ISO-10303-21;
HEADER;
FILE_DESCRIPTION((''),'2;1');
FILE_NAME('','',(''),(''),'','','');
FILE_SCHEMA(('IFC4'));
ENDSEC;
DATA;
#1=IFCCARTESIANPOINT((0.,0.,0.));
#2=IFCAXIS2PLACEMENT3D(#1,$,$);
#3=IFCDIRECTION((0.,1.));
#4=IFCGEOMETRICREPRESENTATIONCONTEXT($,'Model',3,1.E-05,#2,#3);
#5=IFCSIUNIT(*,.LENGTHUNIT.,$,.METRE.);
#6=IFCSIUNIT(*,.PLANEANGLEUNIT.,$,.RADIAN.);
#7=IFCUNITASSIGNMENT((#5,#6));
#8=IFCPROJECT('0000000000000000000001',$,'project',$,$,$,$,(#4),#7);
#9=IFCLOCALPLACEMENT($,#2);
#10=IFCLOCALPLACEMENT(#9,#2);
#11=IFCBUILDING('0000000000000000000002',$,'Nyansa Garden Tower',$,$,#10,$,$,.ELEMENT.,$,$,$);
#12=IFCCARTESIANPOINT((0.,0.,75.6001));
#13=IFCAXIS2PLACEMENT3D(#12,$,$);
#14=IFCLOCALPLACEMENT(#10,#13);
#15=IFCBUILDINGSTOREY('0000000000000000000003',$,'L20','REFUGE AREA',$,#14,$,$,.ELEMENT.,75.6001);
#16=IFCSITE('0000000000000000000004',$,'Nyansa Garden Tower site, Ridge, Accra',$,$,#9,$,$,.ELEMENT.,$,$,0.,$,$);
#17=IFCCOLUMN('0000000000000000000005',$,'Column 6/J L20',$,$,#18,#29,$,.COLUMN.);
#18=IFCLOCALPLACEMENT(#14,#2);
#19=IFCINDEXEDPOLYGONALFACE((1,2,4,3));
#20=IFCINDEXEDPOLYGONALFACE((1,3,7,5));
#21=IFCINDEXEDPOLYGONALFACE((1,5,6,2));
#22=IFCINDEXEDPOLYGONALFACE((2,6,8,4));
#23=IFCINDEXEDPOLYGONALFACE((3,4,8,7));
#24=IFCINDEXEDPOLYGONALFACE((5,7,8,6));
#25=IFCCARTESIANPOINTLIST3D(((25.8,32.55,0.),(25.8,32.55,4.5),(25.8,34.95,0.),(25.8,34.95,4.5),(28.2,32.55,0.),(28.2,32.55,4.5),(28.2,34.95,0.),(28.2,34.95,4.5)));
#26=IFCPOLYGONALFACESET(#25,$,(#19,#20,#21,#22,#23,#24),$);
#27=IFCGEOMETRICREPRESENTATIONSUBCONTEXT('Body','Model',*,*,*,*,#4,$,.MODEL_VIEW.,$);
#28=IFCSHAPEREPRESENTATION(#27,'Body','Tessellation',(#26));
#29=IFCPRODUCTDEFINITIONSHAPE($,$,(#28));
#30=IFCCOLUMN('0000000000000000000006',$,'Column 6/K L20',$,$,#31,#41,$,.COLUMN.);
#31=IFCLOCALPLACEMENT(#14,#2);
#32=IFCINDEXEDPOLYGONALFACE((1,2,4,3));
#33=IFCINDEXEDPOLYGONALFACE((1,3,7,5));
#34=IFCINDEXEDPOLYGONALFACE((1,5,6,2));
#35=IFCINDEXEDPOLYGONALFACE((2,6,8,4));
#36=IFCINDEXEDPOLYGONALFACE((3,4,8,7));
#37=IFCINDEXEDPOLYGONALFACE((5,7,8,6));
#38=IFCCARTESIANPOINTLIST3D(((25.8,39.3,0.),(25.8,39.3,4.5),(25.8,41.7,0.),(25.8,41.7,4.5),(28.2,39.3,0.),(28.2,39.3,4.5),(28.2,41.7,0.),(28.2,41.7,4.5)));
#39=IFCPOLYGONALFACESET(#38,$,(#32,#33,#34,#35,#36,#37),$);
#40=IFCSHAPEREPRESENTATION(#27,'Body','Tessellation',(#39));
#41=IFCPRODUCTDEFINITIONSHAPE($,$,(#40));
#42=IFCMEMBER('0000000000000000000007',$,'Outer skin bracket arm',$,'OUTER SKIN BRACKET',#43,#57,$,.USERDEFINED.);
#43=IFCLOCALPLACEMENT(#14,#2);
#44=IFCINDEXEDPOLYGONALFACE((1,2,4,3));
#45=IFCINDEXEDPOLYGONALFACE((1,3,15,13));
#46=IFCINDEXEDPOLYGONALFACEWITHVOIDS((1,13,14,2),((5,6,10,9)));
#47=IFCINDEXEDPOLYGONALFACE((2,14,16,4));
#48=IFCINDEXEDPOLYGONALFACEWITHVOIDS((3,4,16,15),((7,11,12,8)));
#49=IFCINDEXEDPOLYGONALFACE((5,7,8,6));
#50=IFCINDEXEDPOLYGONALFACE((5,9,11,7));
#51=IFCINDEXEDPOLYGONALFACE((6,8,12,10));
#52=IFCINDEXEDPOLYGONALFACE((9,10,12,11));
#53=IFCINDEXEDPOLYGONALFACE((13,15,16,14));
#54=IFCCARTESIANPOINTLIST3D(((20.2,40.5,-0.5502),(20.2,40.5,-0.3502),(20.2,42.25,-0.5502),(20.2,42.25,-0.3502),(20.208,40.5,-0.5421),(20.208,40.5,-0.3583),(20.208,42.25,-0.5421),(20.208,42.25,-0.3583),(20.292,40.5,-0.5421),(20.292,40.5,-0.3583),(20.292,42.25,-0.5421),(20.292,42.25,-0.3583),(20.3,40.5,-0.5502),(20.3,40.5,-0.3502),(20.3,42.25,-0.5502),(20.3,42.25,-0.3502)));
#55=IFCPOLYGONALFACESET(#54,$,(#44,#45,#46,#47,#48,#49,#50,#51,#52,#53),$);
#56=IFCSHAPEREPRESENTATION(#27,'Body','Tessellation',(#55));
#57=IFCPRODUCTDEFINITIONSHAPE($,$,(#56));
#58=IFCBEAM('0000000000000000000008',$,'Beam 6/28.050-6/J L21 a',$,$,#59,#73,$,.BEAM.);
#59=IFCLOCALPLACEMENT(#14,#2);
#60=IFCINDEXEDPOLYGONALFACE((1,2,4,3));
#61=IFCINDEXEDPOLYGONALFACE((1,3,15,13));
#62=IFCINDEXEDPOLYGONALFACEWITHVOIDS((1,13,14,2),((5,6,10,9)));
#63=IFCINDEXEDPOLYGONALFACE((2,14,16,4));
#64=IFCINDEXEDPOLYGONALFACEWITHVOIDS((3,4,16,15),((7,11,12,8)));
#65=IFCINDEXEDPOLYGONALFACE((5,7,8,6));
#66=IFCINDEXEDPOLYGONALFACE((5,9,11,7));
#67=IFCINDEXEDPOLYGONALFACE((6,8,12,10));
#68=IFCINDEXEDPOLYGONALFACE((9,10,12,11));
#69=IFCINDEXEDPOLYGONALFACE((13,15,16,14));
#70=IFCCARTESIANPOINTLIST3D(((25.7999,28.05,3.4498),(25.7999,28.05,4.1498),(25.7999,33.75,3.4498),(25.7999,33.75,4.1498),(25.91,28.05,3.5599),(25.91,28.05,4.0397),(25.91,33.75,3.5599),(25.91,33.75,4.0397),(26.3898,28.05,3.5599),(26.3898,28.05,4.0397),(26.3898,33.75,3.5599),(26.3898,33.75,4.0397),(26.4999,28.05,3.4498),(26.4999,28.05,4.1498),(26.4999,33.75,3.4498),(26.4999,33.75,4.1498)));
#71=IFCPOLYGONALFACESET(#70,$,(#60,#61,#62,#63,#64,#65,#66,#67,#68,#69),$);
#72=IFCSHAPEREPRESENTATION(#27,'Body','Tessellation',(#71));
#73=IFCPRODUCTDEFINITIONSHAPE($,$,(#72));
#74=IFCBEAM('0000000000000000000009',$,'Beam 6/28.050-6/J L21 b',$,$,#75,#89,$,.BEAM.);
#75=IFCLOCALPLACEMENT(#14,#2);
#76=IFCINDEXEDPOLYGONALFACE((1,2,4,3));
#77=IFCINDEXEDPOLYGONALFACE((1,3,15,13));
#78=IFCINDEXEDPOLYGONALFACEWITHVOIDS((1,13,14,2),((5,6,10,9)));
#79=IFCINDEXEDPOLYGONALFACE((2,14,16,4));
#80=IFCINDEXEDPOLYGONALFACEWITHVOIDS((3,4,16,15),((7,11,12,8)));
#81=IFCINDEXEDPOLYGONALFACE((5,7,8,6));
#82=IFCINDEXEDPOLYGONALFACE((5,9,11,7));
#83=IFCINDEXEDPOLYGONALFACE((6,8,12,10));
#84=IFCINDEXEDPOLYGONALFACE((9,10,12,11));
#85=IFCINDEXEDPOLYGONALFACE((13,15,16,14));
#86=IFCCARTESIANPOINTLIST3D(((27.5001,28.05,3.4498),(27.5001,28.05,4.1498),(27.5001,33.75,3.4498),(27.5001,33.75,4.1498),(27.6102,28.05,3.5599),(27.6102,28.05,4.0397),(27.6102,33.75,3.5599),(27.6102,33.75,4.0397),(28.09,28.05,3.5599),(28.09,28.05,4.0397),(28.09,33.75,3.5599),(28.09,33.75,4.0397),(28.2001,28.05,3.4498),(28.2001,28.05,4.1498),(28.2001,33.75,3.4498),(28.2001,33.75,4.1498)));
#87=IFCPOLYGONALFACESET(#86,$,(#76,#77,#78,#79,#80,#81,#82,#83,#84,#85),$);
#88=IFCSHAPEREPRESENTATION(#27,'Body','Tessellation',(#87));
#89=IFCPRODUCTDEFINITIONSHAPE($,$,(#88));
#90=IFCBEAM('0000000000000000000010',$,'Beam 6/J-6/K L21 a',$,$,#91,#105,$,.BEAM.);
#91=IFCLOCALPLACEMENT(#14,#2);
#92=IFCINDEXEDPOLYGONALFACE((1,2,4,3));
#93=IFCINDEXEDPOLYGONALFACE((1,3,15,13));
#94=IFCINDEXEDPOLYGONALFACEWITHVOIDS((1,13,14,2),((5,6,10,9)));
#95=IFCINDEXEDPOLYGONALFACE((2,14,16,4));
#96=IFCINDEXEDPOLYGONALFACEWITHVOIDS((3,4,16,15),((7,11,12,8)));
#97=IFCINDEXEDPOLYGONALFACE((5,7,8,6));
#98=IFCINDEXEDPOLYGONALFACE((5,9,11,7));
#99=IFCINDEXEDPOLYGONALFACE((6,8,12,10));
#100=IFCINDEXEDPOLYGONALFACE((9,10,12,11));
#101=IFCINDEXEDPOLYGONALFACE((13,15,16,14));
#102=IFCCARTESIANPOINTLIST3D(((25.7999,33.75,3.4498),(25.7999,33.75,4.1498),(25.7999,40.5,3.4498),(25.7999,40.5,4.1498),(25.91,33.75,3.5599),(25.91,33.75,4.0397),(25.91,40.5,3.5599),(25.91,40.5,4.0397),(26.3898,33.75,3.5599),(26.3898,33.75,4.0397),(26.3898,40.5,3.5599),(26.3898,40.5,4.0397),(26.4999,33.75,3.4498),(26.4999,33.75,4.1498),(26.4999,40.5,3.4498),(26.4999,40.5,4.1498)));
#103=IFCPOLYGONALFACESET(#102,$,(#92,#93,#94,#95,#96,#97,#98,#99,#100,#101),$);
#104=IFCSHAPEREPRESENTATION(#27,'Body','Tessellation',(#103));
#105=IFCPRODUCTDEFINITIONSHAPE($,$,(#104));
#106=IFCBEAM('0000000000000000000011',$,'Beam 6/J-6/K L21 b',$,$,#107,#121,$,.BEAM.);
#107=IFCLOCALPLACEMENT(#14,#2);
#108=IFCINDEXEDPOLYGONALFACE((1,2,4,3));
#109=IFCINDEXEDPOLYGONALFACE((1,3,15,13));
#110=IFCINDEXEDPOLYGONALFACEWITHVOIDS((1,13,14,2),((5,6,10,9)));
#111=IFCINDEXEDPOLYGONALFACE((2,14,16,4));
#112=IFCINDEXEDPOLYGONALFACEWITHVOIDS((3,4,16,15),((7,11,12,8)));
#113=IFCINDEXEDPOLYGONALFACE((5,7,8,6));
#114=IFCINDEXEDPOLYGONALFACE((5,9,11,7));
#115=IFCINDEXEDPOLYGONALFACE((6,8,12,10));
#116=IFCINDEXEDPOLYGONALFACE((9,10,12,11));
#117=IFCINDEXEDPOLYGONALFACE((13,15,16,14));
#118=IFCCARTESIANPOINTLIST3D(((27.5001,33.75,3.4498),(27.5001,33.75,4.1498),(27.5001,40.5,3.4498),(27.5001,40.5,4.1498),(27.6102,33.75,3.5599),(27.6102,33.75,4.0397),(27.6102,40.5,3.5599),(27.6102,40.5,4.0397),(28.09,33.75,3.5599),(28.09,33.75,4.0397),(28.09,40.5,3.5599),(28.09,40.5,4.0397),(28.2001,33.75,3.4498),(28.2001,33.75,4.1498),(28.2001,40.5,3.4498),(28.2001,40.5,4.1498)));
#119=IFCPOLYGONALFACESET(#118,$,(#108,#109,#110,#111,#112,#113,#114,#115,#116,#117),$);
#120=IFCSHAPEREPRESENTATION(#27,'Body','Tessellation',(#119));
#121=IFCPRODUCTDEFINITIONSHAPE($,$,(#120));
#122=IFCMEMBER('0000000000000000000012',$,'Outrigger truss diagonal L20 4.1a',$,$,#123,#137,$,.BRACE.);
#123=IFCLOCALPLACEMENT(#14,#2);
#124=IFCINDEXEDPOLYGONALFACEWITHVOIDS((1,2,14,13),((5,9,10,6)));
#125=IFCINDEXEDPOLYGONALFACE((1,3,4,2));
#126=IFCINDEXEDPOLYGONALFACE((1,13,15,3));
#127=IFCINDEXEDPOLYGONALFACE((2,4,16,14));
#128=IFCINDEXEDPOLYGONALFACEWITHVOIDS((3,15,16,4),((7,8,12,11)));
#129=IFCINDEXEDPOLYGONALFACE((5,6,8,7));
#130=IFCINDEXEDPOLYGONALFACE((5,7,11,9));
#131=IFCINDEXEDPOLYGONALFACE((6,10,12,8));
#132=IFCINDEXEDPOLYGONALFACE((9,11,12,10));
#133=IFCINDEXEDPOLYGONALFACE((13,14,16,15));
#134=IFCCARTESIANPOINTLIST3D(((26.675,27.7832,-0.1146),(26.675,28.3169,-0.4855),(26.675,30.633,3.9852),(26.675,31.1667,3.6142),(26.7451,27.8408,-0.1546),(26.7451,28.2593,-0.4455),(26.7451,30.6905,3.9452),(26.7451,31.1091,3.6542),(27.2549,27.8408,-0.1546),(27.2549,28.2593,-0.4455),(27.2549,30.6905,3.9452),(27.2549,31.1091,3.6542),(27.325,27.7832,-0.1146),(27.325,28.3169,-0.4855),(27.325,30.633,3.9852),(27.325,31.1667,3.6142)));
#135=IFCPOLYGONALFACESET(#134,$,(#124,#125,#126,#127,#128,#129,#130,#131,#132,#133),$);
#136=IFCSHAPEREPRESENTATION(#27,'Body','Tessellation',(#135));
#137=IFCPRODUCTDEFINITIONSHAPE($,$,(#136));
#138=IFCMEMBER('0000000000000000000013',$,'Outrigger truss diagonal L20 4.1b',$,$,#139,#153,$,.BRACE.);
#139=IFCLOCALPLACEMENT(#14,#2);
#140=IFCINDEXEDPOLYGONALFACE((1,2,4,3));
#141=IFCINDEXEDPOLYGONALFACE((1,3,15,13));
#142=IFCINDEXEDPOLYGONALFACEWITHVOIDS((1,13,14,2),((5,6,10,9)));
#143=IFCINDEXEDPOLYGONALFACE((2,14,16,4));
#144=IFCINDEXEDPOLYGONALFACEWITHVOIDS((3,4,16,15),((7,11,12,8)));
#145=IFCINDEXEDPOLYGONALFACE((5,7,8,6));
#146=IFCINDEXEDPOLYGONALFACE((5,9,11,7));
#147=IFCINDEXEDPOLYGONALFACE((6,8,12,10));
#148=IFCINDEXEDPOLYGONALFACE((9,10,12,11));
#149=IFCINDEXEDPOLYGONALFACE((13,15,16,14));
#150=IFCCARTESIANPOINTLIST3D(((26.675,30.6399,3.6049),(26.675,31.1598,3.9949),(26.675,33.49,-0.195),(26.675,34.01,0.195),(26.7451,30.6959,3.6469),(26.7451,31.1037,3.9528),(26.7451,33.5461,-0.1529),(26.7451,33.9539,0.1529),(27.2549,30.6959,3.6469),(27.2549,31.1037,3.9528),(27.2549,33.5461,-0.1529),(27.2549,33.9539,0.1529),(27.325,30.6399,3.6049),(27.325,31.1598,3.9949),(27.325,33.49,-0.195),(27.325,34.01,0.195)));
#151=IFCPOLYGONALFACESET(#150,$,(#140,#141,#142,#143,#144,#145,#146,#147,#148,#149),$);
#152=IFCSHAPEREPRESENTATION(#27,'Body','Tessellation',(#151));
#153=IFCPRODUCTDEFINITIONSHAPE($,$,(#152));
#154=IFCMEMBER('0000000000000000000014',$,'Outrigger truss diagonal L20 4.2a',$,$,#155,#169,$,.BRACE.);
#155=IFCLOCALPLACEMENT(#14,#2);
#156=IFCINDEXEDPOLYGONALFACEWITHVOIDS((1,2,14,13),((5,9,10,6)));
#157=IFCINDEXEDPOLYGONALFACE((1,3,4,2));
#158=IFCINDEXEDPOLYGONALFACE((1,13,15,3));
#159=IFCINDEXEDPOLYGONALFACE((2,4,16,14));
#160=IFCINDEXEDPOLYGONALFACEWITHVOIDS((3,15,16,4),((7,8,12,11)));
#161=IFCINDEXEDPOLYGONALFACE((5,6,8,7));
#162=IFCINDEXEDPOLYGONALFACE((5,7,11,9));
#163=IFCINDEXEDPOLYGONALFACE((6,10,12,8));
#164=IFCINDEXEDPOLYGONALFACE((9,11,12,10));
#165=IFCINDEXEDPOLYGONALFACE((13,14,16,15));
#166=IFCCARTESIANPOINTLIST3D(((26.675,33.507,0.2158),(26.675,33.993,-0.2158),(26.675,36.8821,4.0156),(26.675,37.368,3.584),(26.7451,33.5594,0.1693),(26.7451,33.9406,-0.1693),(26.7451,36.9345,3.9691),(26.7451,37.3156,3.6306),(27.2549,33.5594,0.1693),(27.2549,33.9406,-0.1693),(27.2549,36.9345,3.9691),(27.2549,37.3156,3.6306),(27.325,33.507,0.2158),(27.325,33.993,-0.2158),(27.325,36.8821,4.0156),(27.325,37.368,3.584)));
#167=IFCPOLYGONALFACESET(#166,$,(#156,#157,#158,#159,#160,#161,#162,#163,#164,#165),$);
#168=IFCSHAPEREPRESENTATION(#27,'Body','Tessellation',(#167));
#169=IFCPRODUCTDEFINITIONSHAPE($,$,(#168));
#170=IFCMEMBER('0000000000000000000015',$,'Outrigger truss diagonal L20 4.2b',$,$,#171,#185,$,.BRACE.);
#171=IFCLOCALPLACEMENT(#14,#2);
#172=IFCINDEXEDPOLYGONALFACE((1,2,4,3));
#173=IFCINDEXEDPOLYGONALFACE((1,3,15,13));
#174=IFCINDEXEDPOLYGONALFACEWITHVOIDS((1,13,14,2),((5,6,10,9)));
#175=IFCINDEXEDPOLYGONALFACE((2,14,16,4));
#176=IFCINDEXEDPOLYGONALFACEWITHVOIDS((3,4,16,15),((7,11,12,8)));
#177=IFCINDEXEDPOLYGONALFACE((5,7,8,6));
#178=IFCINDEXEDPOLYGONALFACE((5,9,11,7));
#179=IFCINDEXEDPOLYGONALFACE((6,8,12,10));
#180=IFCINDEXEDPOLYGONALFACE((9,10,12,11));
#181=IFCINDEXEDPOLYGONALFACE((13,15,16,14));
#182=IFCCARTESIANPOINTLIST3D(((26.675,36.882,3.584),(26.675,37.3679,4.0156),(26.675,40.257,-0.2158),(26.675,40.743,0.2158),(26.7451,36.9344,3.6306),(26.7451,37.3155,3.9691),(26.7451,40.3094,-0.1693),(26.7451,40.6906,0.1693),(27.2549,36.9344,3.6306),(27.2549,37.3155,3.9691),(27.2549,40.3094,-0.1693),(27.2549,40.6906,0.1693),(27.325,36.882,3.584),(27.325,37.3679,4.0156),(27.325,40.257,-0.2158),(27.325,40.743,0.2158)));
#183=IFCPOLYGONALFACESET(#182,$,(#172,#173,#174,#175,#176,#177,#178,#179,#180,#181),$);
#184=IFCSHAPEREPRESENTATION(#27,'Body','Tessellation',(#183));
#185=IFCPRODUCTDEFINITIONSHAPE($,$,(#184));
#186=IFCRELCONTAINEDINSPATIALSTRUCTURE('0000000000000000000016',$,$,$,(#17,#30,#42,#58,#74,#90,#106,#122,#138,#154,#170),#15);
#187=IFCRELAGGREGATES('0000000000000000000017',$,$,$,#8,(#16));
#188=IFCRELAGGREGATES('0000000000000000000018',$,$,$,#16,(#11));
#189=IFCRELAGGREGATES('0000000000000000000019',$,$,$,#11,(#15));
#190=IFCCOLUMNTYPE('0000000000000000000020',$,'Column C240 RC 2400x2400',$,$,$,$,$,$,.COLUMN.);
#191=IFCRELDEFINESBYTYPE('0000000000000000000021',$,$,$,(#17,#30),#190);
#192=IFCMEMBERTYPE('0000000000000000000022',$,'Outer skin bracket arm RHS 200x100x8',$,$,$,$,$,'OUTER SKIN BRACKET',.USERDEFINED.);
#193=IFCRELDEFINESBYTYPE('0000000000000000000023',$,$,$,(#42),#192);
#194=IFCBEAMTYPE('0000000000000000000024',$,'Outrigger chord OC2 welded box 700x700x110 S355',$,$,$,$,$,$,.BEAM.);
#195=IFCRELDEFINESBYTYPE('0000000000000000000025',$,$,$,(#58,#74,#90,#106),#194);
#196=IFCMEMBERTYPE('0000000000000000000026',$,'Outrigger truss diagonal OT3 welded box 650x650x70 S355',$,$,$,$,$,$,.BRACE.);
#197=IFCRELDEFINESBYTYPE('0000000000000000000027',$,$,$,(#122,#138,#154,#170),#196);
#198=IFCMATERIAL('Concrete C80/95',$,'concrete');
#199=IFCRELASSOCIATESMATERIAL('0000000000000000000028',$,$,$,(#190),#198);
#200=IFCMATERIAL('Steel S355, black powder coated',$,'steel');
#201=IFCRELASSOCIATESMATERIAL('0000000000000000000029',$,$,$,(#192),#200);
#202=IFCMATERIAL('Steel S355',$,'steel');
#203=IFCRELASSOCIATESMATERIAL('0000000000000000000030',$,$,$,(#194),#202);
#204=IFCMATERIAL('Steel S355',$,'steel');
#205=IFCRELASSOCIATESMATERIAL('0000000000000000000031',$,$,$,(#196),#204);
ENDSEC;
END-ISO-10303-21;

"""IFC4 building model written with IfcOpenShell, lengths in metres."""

from ifc_helpers import new_model, si_unit, direction, frame, origin, origin_2d, place, context, subcontext, project, spatial, rectangle, hollow_rectangle, extrude, material, material_profile, profile_set, type_object, element, save


model = new_model("IFC4")

# Units and contexts
model_context = context("Model", 3, precision=1e-05, world=origin(), true_north=direction((0.0, 1.0)))
body_context = subcontext(model_context, "Body", "Model", "MODEL_VIEW")
ifc_project = project(units=[si_unit("LENGTHUNIT", "METRE"), si_unit("PLANEANGLEUNIT", "RADIAN")], contexts=[model_context])

# Site, building, storey
site_placement = place(None, origin())
site = spatial("IfcSite", under=ifc_project, at=site_placement, Name="Nyansa Garden Tower site, Ridge, Accra", CompositionType="ELEMENT", RefElevation=0.0)
building_placement = place(site_placement, origin())
building = spatial("IfcBuilding", under=site, at=building_placement, Name="Nyansa Garden Tower", CompositionType="ELEMENT")
storey_placement = place(building_placement, frame((0.0, 0.0, 75.6001)))
storey = spatial("IfcBuildingStorey", under=building, at=storey_placement, Name="L20", Description="REFUGE AREA", CompositionType="ELEMENT", Elevation=75.6001)

# Columns
ifc_material_1 = material(Name="Concrete C80/95", Category="concrete")
ifc_material_profile_1 = material_profile(ifc_material_1, rectangle(XDim=2.3999, YDim=2.3999, at=origin_2d()), Name="RC 2400x2400")
ifc_profile_set_1 = profile_set([ifc_material_profile_1], Name="Concrete C80/95")
column_type = type_object("IfcColumnType", Name="Column C240 RC 2400x2400", PredefinedType="COLUMN", material=ifc_profile_set_1)
for number, where, z_axis, x_axis, name in (
    (1, (27.0, 33.75, 0.0), (0.0, 0.0, 1.0), (1.0, 0.0, 0.0), "Column 6/J L20"),
    (2, (27.0, 40.5, 0.0), (0.0, 0.0, 1.0), (1.0, 0.0, 0.0), "Column 6/K L20"),
):
    element("IfcColumn", number, at=place(storey_placement, frame(where, z_axis=z_axis, x_axis=x_axis)), inside=storey, type_object=column_type, Name=name, PredefinedType="COLUMN", context=body_context, shape_type="SweptSolid", body=[
        extrude(rectangle(XDim=2.3999, YDim=2.3999, at=origin_2d()), origin(), (0.0, 0.0, 1.0), 4.5),
    ])

# Member
ifc_material_2 = material(Name="Steel S355, black powder coated", Category="steel")
ifc_material_profile_2 = material_profile(ifc_material_2, hollow_rectangle(XDim=0.1001, YDim=0.2, WallThickness=0.0081, at=origin_2d()), Name="RHS 200x100x8")
ifc_profile_set_2 = profile_set([ifc_material_profile_2], Name="Steel S355, black powder coated")
member_type_1 = type_object("IfcMemberType", Name="Outer skin bracket arm RHS 200x100x8", ElementType="OUTER SKIN BRACKET", PredefinedType="USERDEFINED", material=ifc_profile_set_2)
member_1_placement = place(storey_placement, frame((20.25, 40.5, -0.4502), z_axis=(0.0, 1.0, 0.0), x_axis=(-1.0, 0.0, 0.0)))
element("IfcMember", 3, at=member_1_placement, inside=storey, type_object=member_type_1, Name="Outer skin bracket arm", ObjectType="OUTER SKIN BRACKET", PredefinedType="USERDEFINED", context=body_context, shape_type="SweptSolid", body=[
    extrude(hollow_rectangle(XDim=0.1001, YDim=0.2, WallThickness=0.0081, at=origin_2d()), origin(), (0.0, 0.0, 1.0), 1.75),
])

# Beams
ifc_material_3 = material(Name="Steel S355", Category="steel")
ifc_material_profile_3 = material_profile(ifc_material_3, hollow_rectangle(XDim=0.7, YDim=0.7, WallThickness=0.1101, at=origin_2d()), Name="Welded box 700x700x110")
ifc_profile_set_3 = profile_set([ifc_material_profile_3], Name="Steel S355")
beam_type_1 = type_object("IfcBeamType", Name="Outrigger chord OC2 welded box 700x700x110 S355", PredefinedType="BEAM", material=ifc_profile_set_3)
for number, where, z_axis, x_axis, name in (
    (4, (26.1499, 28.05, 3.7998), (0.0, 1.0, 0.0), (-1.0, 0.0, 0.0), "Beam 6/28.050-6/J L21 a"),
    (5, (27.8501, 28.05, 3.7998), (0.0, 1.0, 0.0), (-1.0, 0.0, 0.0), "Beam 6/28.050-6/J L21 b"),
):
    element("IfcBeam", number, at=place(storey_placement, frame(where, z_axis=z_axis, x_axis=x_axis)), inside=storey, type_object=beam_type_1, Name=name, PredefinedType="BEAM", context=body_context, shape_type="SweptSolid", body=[
        extrude(hollow_rectangle(XDim=0.7, YDim=0.7, WallThickness=0.1101, at=origin_2d()), origin(), (0.0, 0.0, 1.0), 5.7),
    ])
for number, where, z_axis, x_axis, name in (
    (6, (26.1499, 33.75, 3.7998), (0.0, 1.0, 0.0), (-1.0, 0.0, 0.0), "Beam 6/J-6/K L21 a"),
    (7, (27.8501, 33.75, 3.7998), (0.0, 1.0, 0.0), (-1.0, 0.0, 0.0), "Beam 6/J-6/K L21 b"),
):
    element("IfcBeam", number, at=place(storey_placement, frame(where, z_axis=z_axis, x_axis=x_axis)), inside=storey, type_object=beam_type_1, Name=name, PredefinedType="BEAM", context=body_context, shape_type="SweptSolid", body=[
        extrude(hollow_rectangle(XDim=0.7, YDim=0.7, WallThickness=0.1101, at=origin_2d()), origin(), (0.0, 0.0, 1.0), 6.75),
    ])

# Members
ifc_material_4 = material(Name="Steel S355", Category="steel")
ifc_material_profile_4 = material_profile(ifc_material_4, hollow_rectangle(XDim=0.6499, YDim=0.6499, WallThickness=0.0701, at=origin_2d()), Name="Welded box 650x650x70")
ifc_profile_set_4 = profile_set([ifc_material_profile_4], Name="Steel S355")
member_type_2 = type_object("IfcMemberType", Name="Outrigger truss diagonal OT3 welded box 650x650x70 S355", PredefinedType="BRACE", material=ifc_profile_set_4)
member_2_placement = place(storey_placement, frame((27.0, 28.05, -0.3), z_axis=(0.0, 0.570765, 0.821113), x_axis=(-1.0, 0.0, 0.0)))
element("IfcMember", 8, at=member_2_placement, inside=storey, type_object=member_type_2, Name="Outrigger truss diagonal L20 4.1a", PredefinedType="BRACE", context=body_context, shape_type="SweptSolid", body=[
    extrude(hollow_rectangle(XDim=0.6499, YDim=0.6499, WallThickness=0.0701, at=origin_2d()), origin(), (0.0, 0.0, 1.0), 4.9929),
])
member_3_placement = place(storey_placement, frame((27.0, 33.75, 0.0), z_axis=(0.0, -0.600033, 0.799975), x_axis=(1.0, 0.0, 0.0)))
element("IfcMember", 9, at=member_3_placement, inside=storey, type_object=member_type_2, Name="Outrigger truss diagonal L20 4.1b", PredefinedType="BRACE", context=body_context, shape_type="SweptSolid", body=[
    extrude(hollow_rectangle(XDim=0.6499, YDim=0.6499, WallThickness=0.0701, at=origin_2d()), origin(), (0.0, 0.0, 1.0), 4.75),
])
for number, where, z_axis, x_axis, name in (
    (10, (27.0, 33.75, 0.0), (0.0, 0.664078, 0.747664), (-1.0, 0.0, 0.0), "Outrigger truss diagonal L20 4.2a"),
    (11, (27.0, 40.5, 0.0), (0.0, -0.664078, 0.747664), (1.0, 0.0, 0.0), "Outrigger truss diagonal L20 4.2b"),
):
    element("IfcMember", number, at=place(storey_placement, frame(where, z_axis=z_axis, x_axis=x_axis)), inside=storey, type_object=member_type_2, Name=name, PredefinedType="BRACE", context=body_context, shape_type="SweptSolid", body=[
        extrude(hollow_rectangle(XDim=0.6499, YDim=0.6499, WallThickness=0.0701, at=origin_2d()), origin(), (0.0, 0.0, 1.0), 5.0823),
    ])

save(model, "model.ifc")
